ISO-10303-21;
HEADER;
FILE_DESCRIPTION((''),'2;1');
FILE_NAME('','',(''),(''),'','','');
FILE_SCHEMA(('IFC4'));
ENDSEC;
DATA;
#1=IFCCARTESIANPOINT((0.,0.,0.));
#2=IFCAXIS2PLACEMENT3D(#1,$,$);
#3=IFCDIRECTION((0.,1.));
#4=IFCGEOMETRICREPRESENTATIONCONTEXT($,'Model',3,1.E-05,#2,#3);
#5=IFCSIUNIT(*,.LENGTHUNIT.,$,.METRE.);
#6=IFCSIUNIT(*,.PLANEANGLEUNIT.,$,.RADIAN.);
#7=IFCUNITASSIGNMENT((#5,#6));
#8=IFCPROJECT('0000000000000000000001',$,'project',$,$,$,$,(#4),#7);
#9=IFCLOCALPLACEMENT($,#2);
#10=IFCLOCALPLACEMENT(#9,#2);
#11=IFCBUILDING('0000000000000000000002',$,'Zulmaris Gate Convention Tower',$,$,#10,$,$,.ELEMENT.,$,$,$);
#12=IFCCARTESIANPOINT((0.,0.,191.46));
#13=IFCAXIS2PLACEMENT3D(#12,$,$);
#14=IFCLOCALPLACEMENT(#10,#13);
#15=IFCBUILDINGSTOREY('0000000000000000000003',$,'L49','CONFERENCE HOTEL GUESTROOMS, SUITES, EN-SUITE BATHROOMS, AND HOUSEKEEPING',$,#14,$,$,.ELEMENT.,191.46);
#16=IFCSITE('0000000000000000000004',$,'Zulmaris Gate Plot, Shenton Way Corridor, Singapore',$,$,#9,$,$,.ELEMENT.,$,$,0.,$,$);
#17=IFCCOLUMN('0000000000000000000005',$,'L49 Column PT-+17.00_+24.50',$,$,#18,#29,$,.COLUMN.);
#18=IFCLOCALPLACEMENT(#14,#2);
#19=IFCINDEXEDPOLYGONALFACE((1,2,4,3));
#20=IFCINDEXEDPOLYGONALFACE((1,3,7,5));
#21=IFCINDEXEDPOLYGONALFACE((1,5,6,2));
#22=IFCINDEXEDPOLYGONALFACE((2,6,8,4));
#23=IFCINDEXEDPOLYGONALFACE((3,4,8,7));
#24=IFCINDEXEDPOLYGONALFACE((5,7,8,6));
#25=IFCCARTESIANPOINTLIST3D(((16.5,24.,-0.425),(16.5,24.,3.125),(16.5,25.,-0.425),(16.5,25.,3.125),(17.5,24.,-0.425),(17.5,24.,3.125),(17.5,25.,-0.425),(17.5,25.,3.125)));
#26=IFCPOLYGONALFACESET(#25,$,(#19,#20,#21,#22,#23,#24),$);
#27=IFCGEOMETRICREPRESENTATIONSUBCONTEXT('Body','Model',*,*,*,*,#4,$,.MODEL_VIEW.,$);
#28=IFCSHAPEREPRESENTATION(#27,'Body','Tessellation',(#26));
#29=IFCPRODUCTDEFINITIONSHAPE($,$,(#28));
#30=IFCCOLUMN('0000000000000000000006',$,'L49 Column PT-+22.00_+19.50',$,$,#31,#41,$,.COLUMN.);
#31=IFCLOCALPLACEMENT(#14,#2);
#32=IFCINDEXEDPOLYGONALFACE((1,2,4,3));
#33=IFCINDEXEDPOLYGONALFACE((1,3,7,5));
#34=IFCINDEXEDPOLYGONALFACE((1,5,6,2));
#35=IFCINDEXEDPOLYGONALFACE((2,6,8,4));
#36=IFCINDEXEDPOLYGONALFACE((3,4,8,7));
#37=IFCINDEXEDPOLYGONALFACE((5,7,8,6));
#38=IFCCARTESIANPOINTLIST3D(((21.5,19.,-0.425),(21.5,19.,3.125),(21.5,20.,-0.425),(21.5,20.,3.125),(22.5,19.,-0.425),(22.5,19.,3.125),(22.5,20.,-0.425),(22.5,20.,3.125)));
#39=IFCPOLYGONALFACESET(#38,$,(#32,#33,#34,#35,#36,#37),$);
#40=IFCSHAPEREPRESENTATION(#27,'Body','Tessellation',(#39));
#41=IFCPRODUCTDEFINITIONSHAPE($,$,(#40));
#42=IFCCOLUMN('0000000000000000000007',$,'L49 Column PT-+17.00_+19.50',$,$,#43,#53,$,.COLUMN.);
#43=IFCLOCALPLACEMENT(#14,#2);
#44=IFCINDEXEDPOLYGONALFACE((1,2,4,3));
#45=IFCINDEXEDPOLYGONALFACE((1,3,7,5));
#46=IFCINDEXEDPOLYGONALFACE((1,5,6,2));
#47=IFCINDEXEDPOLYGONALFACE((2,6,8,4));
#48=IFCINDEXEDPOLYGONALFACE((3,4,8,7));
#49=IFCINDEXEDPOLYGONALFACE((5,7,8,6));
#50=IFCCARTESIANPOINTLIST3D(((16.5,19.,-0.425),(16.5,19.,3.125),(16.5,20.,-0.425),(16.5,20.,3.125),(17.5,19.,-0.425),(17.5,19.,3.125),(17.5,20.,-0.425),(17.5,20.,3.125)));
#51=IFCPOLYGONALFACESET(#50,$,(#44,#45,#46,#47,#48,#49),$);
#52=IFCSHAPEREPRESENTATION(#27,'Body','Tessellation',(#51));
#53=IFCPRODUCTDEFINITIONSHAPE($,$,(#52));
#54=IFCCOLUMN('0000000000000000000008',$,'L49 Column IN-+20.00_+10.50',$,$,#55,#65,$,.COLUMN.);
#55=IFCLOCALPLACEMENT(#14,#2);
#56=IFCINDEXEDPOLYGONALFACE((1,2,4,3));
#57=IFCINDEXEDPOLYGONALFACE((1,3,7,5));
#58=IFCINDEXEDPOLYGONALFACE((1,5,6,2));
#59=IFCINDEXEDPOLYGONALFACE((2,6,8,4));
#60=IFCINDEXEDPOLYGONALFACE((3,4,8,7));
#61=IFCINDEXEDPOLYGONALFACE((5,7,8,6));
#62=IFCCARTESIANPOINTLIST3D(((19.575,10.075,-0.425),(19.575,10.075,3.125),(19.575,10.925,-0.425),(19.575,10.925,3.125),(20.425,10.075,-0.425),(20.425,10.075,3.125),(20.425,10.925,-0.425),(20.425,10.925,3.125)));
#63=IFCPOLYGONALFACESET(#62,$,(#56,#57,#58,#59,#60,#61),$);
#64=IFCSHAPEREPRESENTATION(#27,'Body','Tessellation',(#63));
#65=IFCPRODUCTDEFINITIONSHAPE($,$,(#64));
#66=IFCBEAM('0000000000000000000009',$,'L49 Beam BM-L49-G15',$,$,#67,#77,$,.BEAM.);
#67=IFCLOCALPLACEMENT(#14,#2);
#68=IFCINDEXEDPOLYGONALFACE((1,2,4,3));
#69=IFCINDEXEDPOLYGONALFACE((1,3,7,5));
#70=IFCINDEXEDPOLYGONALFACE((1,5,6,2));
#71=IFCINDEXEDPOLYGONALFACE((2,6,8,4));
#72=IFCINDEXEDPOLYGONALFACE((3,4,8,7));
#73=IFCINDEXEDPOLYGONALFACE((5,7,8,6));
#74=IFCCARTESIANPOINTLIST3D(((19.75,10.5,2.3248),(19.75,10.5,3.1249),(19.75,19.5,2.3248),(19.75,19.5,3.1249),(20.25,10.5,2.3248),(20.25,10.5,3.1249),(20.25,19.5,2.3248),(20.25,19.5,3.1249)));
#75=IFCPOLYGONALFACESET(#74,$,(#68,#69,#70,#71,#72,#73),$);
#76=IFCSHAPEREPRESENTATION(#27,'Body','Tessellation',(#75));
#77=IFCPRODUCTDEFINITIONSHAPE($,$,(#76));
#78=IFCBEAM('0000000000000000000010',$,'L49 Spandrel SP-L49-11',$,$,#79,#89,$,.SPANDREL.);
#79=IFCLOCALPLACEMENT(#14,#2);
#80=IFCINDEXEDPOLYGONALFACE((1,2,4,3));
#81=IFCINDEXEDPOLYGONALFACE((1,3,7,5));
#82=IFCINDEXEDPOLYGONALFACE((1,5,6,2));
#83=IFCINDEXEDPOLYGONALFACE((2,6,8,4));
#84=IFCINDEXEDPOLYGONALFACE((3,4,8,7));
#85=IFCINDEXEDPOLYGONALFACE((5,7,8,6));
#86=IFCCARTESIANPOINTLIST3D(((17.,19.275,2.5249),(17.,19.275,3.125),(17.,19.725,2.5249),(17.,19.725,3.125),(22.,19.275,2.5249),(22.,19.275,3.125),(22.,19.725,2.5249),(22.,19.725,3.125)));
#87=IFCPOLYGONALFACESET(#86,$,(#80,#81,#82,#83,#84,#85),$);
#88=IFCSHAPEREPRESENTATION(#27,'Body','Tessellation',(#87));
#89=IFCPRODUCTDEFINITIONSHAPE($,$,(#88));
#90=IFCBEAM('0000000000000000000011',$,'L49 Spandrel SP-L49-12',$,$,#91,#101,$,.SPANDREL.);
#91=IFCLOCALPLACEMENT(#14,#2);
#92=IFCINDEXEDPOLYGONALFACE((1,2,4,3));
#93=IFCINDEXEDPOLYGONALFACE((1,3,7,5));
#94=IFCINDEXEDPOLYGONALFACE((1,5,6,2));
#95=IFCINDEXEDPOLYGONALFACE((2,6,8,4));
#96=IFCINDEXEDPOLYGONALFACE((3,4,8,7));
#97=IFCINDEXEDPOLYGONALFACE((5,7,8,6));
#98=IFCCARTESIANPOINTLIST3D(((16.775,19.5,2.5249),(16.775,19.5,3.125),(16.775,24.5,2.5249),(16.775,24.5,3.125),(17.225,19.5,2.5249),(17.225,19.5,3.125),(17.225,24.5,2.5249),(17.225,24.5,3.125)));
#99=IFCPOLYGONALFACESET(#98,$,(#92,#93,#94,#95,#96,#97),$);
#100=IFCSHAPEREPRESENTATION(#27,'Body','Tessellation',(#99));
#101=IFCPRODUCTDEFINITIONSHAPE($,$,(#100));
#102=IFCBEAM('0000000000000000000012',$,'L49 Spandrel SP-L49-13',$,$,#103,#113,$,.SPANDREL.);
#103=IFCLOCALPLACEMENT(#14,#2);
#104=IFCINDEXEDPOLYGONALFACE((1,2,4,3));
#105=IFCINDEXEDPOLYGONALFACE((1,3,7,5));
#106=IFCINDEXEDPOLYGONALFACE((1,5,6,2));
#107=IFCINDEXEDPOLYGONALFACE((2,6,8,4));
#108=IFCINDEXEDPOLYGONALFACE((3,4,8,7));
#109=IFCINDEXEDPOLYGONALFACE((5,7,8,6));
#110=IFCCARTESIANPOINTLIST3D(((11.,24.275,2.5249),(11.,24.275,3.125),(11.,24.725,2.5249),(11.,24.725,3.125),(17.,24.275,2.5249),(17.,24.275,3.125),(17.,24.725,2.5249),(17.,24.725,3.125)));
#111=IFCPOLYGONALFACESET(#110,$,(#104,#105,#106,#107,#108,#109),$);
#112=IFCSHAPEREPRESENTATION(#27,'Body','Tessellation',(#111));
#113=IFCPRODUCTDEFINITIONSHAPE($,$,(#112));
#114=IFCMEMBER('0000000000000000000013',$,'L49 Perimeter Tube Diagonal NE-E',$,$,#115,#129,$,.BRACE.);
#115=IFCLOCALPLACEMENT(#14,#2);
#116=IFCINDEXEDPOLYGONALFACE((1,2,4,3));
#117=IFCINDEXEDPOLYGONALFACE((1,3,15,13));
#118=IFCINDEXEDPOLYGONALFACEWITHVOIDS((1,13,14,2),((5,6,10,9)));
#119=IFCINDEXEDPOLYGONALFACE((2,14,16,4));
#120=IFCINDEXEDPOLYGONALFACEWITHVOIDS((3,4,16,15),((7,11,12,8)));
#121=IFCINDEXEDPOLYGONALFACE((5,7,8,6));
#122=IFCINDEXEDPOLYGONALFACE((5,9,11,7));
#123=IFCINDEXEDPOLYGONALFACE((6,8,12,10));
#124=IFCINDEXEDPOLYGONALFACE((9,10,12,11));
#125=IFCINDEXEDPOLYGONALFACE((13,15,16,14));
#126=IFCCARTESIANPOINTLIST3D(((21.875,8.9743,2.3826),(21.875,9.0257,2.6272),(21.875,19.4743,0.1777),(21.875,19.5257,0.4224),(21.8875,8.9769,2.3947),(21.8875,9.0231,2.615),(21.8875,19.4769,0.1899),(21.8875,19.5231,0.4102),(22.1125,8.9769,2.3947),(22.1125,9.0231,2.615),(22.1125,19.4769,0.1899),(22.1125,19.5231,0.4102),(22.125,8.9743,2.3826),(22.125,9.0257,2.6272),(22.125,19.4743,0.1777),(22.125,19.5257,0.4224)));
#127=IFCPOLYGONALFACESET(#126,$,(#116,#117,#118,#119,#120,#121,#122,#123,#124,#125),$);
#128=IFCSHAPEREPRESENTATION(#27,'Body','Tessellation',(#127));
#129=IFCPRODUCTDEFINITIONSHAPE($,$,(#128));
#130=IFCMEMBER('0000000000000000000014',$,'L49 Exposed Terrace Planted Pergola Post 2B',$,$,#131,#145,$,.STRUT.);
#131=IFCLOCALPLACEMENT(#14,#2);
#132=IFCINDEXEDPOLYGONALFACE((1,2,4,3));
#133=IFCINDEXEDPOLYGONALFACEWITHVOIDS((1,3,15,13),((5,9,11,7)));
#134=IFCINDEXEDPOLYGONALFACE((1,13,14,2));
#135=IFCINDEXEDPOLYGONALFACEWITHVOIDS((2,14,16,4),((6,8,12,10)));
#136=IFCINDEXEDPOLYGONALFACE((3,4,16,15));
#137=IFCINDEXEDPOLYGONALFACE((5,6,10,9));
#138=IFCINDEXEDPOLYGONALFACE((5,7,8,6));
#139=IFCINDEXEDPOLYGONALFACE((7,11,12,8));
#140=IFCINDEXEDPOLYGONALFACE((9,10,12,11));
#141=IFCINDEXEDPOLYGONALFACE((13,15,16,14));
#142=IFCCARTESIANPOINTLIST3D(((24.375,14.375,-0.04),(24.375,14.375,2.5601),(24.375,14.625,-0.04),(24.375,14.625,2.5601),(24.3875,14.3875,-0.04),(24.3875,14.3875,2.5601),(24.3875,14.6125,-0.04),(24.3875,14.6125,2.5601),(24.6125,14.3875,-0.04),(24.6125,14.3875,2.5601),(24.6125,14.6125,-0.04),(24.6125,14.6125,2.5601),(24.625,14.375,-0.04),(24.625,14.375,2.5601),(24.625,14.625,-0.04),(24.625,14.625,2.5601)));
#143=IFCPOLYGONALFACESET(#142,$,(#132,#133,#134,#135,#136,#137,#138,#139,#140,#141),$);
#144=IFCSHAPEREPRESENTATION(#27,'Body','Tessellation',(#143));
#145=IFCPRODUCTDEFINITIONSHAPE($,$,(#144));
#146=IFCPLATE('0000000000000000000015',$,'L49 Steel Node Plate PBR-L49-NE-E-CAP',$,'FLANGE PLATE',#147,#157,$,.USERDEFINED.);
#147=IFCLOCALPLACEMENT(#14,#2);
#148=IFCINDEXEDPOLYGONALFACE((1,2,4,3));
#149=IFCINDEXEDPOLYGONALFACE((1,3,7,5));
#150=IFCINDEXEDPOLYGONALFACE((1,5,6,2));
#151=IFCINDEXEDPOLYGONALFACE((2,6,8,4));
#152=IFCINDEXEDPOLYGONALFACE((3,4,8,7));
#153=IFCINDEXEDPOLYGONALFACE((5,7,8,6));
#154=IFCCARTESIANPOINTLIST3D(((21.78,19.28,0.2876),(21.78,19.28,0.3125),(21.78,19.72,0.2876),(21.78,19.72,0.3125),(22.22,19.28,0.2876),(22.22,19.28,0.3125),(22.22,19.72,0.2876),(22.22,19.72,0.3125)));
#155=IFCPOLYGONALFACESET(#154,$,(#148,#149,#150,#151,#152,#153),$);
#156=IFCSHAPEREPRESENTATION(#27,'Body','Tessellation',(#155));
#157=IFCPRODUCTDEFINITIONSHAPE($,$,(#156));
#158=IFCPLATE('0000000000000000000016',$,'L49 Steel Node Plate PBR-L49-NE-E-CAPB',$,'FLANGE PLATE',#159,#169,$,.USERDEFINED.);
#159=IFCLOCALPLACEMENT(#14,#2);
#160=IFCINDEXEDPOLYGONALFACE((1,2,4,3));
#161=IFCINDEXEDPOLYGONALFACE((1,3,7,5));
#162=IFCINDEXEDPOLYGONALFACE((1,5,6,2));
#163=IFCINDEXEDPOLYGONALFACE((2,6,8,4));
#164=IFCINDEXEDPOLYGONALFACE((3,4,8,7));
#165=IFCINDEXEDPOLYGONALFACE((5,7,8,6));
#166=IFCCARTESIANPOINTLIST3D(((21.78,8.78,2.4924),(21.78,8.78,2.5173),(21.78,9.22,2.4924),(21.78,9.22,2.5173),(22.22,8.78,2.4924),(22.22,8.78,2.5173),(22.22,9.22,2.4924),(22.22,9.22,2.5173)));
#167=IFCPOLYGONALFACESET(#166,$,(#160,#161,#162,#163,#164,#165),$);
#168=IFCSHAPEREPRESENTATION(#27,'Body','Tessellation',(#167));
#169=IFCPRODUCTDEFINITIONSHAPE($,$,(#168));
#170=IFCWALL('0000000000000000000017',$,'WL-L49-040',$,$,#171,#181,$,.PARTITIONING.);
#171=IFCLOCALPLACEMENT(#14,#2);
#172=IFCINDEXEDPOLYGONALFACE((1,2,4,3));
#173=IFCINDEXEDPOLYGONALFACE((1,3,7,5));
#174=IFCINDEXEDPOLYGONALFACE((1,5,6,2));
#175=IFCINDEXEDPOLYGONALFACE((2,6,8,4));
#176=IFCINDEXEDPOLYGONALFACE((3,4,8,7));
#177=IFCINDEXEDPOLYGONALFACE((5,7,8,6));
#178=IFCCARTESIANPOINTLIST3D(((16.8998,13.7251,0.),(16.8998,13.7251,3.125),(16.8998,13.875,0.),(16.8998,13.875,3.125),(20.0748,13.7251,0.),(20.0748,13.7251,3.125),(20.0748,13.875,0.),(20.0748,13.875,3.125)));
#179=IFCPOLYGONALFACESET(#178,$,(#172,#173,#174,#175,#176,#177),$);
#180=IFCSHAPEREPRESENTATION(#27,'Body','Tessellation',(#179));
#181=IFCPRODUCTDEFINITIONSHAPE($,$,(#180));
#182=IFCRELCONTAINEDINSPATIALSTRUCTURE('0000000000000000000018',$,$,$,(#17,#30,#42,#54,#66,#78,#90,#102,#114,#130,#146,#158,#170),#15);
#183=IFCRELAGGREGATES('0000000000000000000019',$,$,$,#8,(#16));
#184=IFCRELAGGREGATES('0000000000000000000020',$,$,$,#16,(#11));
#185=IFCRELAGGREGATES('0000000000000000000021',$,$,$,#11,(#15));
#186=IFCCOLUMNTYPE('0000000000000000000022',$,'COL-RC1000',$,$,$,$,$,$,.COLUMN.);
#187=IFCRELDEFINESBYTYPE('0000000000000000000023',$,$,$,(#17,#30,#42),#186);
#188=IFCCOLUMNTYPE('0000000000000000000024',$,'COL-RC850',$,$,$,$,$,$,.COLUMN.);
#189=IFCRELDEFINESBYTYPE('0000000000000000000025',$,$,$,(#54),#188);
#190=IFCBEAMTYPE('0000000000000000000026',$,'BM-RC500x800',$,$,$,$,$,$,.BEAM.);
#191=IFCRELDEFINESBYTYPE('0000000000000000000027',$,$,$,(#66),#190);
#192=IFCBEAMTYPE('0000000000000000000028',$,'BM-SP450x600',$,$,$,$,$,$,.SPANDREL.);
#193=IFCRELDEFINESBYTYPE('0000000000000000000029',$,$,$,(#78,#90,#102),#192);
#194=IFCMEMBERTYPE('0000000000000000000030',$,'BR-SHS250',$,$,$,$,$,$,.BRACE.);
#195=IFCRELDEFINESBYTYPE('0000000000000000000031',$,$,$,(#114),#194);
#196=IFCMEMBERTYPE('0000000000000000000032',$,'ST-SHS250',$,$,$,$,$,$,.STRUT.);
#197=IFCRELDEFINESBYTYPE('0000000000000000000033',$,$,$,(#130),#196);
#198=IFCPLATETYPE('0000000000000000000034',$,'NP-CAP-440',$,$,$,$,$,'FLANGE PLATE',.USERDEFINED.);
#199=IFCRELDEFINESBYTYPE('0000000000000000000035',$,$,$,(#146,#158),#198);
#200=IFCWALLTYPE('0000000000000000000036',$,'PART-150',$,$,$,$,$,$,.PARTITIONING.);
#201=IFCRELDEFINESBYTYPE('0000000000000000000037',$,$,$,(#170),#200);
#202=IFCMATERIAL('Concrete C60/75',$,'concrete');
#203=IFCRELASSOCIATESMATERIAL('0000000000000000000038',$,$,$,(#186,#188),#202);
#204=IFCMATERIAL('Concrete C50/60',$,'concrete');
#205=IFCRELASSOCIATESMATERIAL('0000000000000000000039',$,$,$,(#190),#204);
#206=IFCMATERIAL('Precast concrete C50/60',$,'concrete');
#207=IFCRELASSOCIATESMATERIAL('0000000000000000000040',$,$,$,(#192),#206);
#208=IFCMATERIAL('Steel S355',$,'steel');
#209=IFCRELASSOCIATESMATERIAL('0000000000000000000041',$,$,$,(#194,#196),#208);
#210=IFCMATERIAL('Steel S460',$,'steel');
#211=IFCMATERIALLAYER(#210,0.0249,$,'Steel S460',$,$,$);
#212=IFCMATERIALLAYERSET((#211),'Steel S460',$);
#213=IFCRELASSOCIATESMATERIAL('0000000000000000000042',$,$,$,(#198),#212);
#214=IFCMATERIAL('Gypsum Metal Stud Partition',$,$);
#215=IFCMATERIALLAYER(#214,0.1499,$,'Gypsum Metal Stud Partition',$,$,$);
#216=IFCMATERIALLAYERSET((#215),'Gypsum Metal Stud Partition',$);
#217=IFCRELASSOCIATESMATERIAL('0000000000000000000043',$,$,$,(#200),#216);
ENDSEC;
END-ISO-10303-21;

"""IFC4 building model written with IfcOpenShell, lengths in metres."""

from ifc_helpers import new_model, si_unit, direction, frame, frame_2d, origin, origin_2d, place, context, subcontext, project, spatial, rectangle, hollow_rectangle, extrude, material, layer, layer_set, material_profile, profile_set, type_object, element, save


model = new_model("IFC4")

# Units and contexts
model_context = context("Model", 3, precision=1e-05, world=origin(), true_north=direction((0.0, 1.0)))
body_context = subcontext(model_context, "Body", "Model", "MODEL_VIEW")
ifc_project = project(units=[si_unit("LENGTHUNIT", "METRE"), si_unit("PLANEANGLEUNIT", "RADIAN")], contexts=[model_context])

# Site, building, storey
site_placement = place(None, origin())
site = spatial("IfcSite", under=ifc_project, at=site_placement, Name="Zulmaris Gate Plot, Shenton Way Corridor, Singapore", CompositionType="ELEMENT", RefElevation=0.0)
building_placement = place(site_placement, origin())
building = spatial("IfcBuilding", under=site, at=building_placement, Name="Zulmaris Gate Convention Tower", CompositionType="ELEMENT")
storey_placement = place(building_placement, frame((0.0, 0.0, 191.46)))
storey = spatial("IfcBuildingStorey", under=building, at=storey_placement, Name="L49", Description="CONFERENCE HOTEL GUESTROOMS, SUITES, EN-SUITE BATHROOMS, AND HOUSEKEEPING", CompositionType="ELEMENT", Elevation=191.46)

# Columns
ifc_material_1 = material(Name="Concrete C60/75", Category="concrete")
ifc_material_profile_1 = material_profile(ifc_material_1, rectangle(XDim=1.0, YDim=1.0, at=origin_2d()), Name="RC COL 1000x1000")
ifc_profile_set_1 = profile_set([ifc_material_profile_1], Name="Concrete C60/75")
column_type_1 = type_object("IfcColumnType", Name="COL-RC1000", PredefinedType="COLUMN", material=ifc_profile_set_1)
for number, where, z_axis, x_axis, name in (
    (1, (17.0, 24.5, -0.425), (0.0, 0.0, 1.0), (1.0, 0.0, 0.0), "L49 Column PT-+17.00_+24.50"),
    (2, (22.0, 19.5, -0.425), (0.0, 0.0, 1.0), (1.0, 0.0, 0.0), "L49 Column PT-+22.00_+19.50"),
    (3, (17.0, 19.5, -0.425), (0.0, 0.0, 1.0), (1.0, 0.0, 0.0), "L49 Column PT-+17.00_+19.50"),
):
    element("IfcColumn", number, at=place(storey_placement, frame(where, z_axis=z_axis, x_axis=x_axis)), inside=storey, type_object=column_type_1, Name=name, PredefinedType="COLUMN", context=body_context, shape_type="SweptSolid", body=[
        extrude(rectangle(XDim=1.0, YDim=1.0, at=origin_2d()), origin(), (0.0, 0.0, 1.0), 3.55),
    ])
ifc_material_profile_2 = material_profile(ifc_material_1, rectangle(XDim=0.8501, YDim=0.8501, at=origin_2d()), Name="RC COL 850x850")
ifc_profile_set_2 = profile_set([ifc_material_profile_2], Name="Concrete C60/75")
column_type_2 = type_object("IfcColumnType", Name="COL-RC850", PredefinedType="COLUMN", material=ifc_profile_set_2)
column_placement = place(storey_placement, frame((20.0, 10.5, -0.425), z_axis=(0.0, 0.0, 1.0), x_axis=(1.0, 0.0, 0.0)))
element("IfcColumn", 4, at=column_placement, inside=storey, type_object=column_type_2, Name="L49 Column IN-+20.00_+10.50", PredefinedType="COLUMN", context=body_context, shape_type="SweptSolid", body=[
    extrude(rectangle(XDim=0.8501, YDim=0.8501, at=origin_2d()), origin(), (0.0, 0.0, 1.0), 3.55),
])

# Beams
ifc_material_2 = material(Name="Concrete C50/60", Category="concrete")
ifc_material_profile_3 = material_profile(ifc_material_2, rectangle(XDim=0.5, YDim=0.8, at=origin_2d()), Name="RC BEAM 500x800")
ifc_profile_set_3 = profile_set([ifc_material_profile_3], Name="Concrete C50/60")
beam_type_1 = type_object("IfcBeamType", Name="BM-RC500x800", PredefinedType="BEAM", material=ifc_profile_set_3)
beam_1_placement = place(storey_placement, frame((20.0, 10.5, 2.7249), z_axis=(0.0, 1.0, 0.0), x_axis=(-1.0, 0.0, 0.0)))
element("IfcBeam", 5, at=beam_1_placement, inside=storey, type_object=beam_type_1, Name="L49 Beam BM-L49-G15", PredefinedType="BEAM", context=body_context, shape_type="SweptSolid", body=[
    extrude(rectangle(XDim=0.5, YDim=0.8, at=origin_2d()), origin(), (0.0, 0.0, 1.0), 9.0),
])
ifc_material_3 = material(Name="Precast concrete C50/60", Category="concrete")
ifc_material_profile_4 = material_profile(ifc_material_3, rectangle(XDim=0.45, YDim=0.6001, at=origin_2d()), Name="RC SPANDREL 450x600")
ifc_profile_set_4 = profile_set([ifc_material_profile_4], Name="Precast concrete C50/60")
beam_type_2 = type_object("IfcBeamType", Name="BM-SP450x600", PredefinedType="SPANDREL", material=ifc_profile_set_4)
for number, where, z_axis, x_axis, name in (
    (6, (22.0, 19.5, 2.825), (-1.0, 0.0, 0.0), (0.0, -1.0, 0.0), "L49 Spandrel SP-L49-11"),
    (7, (17.0, 19.5, 2.825), (0.0, 1.0, 0.0), (-1.0, 0.0, 0.0), "L49 Spandrel SP-L49-12"),
):
    element("IfcBeam", number, at=place(storey_placement, frame(where, z_axis=z_axis, x_axis=x_axis)), inside=storey, type_object=beam_type_2, Name=name, PredefinedType="SPANDREL", context=body_context, shape_type="SweptSolid", body=[
        extrude(rectangle(XDim=0.45, YDim=0.6001, at=origin_2d()), origin(), (0.0, 0.0, 1.0), 5.0),
    ])
beam_2_placement = place(storey_placement, frame((17.0, 24.5, 2.825), z_axis=(-1.0, 0.0, 0.0), x_axis=(0.0, -1.0, 0.0)))
element("IfcBeam", 8, at=beam_2_placement, inside=storey, type_object=beam_type_2, Name="L49 Spandrel SP-L49-13", PredefinedType="SPANDREL", context=body_context, shape_type="SweptSolid", body=[
    extrude(rectangle(XDim=0.45, YDim=0.6001, at=origin_2d()), origin(), (0.0, 0.0, 1.0), 6.0),
])

# Members
ifc_material_4 = material(Name="Steel S355", Category="steel")
ifc_material_profile_5 = material_profile(ifc_material_4, hollow_rectangle(XDim=0.25, YDim=0.25, WallThickness=0.0125, at=origin_2d()), Name="SHS 250x250x12.5")
ifc_profile_set_5 = profile_set([ifc_material_profile_5], Name="Steel S355")
member_type_1 = type_object("IfcMemberType", Name="BR-SHS250", PredefinedType="BRACE", material=ifc_profile_set_5)
member_1_placement = place(storey_placement, frame((22.0, 19.5, 0.3), z_axis=(0.0, -0.978657, 0.205502), x_axis=(1.0, 0.0, 0.0)))
element("IfcMember", 9, at=member_1_placement, inside=storey, type_object=member_type_1, Name="L49 Perimeter Tube Diagonal NE-E", PredefinedType="BRACE", context=body_context, shape_type="SweptSolid", body=[
    extrude(hollow_rectangle(XDim=0.25, YDim=0.25, WallThickness=0.0125, at=origin_2d()), origin(), (0.0, 0.0, 1.0), 10.729),
])
ifc_material_profile_6 = material_profile(ifc_material_4, hollow_rectangle(XDim=0.25, YDim=0.25, WallThickness=0.0125, at=origin_2d()), Name="SHS 250x250x12.5")
ifc_profile_set_6 = profile_set([ifc_material_profile_6], Name="Steel S355")
member_type_2 = type_object("IfcMemberType", Name="ST-SHS250", PredefinedType="STRUT", material=ifc_profile_set_6)
member_2_placement = place(storey_placement, frame((24.5, 14.5, -0.04), z_axis=(0.0, 0.0, 1.0), x_axis=(1.0, 0.0, 0.0)))
element("IfcMember", 10, at=member_2_placement, inside=storey, type_object=member_type_2, Name="L49 Exposed Terrace Planted Pergola Post 2B", PredefinedType="STRUT", context=body_context, shape_type="SweptSolid", body=[
    extrude(hollow_rectangle(XDim=0.25, YDim=0.25, WallThickness=0.0125, at=origin_2d()), origin(), (0.0, 0.0, 1.0), 2.6001),
])

# Plates
ifc_material_5 = material(Name="Steel S460", Category="steel")
ifc_layer_1 = layer(ifc_material_5, 0.0249, Name="Steel S460")
ifc_layer_set_1 = layer_set([ifc_layer_1], Name="Steel S460")
plate_type = type_object("IfcPlateType", Name="NP-CAP-440", ElementType="FLANGE PLATE", PredefinedType="USERDEFINED", material=ifc_layer_set_1)
for number, where, z_axis, x_axis, name in (
    (11, (22.0, 19.5, 0.2876), (0.0, 0.0, 1.0), (1.0, 0.0, 0.0), "L49 Steel Node Plate PBR-L49-NE-E-CAP"),
    (12, (22.0, 9.0, 2.4924), (0.0, 0.0, 1.0), (1.0, 0.0, 0.0), "L49 Steel Node Plate PBR-L49-NE-E-CAPB"),
):
    element("IfcPlate", number, at=place(storey_placement, frame(where, z_axis=z_axis, x_axis=x_axis)), inside=storey, type_object=plate_type, Name=name, ObjectType="FLANGE PLATE", PredefinedType="USERDEFINED", context=body_context, shape_type="SweptSolid", body=[
        extrude(rectangle(XDim=0.4399, YDim=0.4399, at=origin_2d()), origin(), (0.0, 0.0, 1.0), 0.0249),
    ])

# Wall
ifc_material_6 = material(Name="Gypsum Metal Stud Partition")
ifc_layer_2 = layer(ifc_material_6, 0.1499, Name="Gypsum Metal Stud Partition")
ifc_layer_set_2 = layer_set([ifc_layer_2], Name="Gypsum Metal Stud Partition")
wall_type_1 = type_object("IfcWallType", Name="PART-150", PredefinedType="PARTITIONING", material=ifc_layer_set_2)
wall_1_placement = place(storey_placement, frame((16.8999, 13.8, 0.0), z_axis=(0.0, 0.0, 1.0), x_axis=(1.0, 0.0, 0.0)))
element("IfcWall", 13, at=wall_1_placement, inside=storey, type_object=wall_type_1, Name="WL-L49-040", PredefinedType="PARTITIONING", context=body_context, shape_type="SweptSolid", body=[
    extrude(rectangle(XDim=3.175, YDim=0.1499, at=frame_2d((1.5874, 0.0))), origin(), (0.0, 0.0, 1.0), 3.125),
])

save(model, "model.ifc")
